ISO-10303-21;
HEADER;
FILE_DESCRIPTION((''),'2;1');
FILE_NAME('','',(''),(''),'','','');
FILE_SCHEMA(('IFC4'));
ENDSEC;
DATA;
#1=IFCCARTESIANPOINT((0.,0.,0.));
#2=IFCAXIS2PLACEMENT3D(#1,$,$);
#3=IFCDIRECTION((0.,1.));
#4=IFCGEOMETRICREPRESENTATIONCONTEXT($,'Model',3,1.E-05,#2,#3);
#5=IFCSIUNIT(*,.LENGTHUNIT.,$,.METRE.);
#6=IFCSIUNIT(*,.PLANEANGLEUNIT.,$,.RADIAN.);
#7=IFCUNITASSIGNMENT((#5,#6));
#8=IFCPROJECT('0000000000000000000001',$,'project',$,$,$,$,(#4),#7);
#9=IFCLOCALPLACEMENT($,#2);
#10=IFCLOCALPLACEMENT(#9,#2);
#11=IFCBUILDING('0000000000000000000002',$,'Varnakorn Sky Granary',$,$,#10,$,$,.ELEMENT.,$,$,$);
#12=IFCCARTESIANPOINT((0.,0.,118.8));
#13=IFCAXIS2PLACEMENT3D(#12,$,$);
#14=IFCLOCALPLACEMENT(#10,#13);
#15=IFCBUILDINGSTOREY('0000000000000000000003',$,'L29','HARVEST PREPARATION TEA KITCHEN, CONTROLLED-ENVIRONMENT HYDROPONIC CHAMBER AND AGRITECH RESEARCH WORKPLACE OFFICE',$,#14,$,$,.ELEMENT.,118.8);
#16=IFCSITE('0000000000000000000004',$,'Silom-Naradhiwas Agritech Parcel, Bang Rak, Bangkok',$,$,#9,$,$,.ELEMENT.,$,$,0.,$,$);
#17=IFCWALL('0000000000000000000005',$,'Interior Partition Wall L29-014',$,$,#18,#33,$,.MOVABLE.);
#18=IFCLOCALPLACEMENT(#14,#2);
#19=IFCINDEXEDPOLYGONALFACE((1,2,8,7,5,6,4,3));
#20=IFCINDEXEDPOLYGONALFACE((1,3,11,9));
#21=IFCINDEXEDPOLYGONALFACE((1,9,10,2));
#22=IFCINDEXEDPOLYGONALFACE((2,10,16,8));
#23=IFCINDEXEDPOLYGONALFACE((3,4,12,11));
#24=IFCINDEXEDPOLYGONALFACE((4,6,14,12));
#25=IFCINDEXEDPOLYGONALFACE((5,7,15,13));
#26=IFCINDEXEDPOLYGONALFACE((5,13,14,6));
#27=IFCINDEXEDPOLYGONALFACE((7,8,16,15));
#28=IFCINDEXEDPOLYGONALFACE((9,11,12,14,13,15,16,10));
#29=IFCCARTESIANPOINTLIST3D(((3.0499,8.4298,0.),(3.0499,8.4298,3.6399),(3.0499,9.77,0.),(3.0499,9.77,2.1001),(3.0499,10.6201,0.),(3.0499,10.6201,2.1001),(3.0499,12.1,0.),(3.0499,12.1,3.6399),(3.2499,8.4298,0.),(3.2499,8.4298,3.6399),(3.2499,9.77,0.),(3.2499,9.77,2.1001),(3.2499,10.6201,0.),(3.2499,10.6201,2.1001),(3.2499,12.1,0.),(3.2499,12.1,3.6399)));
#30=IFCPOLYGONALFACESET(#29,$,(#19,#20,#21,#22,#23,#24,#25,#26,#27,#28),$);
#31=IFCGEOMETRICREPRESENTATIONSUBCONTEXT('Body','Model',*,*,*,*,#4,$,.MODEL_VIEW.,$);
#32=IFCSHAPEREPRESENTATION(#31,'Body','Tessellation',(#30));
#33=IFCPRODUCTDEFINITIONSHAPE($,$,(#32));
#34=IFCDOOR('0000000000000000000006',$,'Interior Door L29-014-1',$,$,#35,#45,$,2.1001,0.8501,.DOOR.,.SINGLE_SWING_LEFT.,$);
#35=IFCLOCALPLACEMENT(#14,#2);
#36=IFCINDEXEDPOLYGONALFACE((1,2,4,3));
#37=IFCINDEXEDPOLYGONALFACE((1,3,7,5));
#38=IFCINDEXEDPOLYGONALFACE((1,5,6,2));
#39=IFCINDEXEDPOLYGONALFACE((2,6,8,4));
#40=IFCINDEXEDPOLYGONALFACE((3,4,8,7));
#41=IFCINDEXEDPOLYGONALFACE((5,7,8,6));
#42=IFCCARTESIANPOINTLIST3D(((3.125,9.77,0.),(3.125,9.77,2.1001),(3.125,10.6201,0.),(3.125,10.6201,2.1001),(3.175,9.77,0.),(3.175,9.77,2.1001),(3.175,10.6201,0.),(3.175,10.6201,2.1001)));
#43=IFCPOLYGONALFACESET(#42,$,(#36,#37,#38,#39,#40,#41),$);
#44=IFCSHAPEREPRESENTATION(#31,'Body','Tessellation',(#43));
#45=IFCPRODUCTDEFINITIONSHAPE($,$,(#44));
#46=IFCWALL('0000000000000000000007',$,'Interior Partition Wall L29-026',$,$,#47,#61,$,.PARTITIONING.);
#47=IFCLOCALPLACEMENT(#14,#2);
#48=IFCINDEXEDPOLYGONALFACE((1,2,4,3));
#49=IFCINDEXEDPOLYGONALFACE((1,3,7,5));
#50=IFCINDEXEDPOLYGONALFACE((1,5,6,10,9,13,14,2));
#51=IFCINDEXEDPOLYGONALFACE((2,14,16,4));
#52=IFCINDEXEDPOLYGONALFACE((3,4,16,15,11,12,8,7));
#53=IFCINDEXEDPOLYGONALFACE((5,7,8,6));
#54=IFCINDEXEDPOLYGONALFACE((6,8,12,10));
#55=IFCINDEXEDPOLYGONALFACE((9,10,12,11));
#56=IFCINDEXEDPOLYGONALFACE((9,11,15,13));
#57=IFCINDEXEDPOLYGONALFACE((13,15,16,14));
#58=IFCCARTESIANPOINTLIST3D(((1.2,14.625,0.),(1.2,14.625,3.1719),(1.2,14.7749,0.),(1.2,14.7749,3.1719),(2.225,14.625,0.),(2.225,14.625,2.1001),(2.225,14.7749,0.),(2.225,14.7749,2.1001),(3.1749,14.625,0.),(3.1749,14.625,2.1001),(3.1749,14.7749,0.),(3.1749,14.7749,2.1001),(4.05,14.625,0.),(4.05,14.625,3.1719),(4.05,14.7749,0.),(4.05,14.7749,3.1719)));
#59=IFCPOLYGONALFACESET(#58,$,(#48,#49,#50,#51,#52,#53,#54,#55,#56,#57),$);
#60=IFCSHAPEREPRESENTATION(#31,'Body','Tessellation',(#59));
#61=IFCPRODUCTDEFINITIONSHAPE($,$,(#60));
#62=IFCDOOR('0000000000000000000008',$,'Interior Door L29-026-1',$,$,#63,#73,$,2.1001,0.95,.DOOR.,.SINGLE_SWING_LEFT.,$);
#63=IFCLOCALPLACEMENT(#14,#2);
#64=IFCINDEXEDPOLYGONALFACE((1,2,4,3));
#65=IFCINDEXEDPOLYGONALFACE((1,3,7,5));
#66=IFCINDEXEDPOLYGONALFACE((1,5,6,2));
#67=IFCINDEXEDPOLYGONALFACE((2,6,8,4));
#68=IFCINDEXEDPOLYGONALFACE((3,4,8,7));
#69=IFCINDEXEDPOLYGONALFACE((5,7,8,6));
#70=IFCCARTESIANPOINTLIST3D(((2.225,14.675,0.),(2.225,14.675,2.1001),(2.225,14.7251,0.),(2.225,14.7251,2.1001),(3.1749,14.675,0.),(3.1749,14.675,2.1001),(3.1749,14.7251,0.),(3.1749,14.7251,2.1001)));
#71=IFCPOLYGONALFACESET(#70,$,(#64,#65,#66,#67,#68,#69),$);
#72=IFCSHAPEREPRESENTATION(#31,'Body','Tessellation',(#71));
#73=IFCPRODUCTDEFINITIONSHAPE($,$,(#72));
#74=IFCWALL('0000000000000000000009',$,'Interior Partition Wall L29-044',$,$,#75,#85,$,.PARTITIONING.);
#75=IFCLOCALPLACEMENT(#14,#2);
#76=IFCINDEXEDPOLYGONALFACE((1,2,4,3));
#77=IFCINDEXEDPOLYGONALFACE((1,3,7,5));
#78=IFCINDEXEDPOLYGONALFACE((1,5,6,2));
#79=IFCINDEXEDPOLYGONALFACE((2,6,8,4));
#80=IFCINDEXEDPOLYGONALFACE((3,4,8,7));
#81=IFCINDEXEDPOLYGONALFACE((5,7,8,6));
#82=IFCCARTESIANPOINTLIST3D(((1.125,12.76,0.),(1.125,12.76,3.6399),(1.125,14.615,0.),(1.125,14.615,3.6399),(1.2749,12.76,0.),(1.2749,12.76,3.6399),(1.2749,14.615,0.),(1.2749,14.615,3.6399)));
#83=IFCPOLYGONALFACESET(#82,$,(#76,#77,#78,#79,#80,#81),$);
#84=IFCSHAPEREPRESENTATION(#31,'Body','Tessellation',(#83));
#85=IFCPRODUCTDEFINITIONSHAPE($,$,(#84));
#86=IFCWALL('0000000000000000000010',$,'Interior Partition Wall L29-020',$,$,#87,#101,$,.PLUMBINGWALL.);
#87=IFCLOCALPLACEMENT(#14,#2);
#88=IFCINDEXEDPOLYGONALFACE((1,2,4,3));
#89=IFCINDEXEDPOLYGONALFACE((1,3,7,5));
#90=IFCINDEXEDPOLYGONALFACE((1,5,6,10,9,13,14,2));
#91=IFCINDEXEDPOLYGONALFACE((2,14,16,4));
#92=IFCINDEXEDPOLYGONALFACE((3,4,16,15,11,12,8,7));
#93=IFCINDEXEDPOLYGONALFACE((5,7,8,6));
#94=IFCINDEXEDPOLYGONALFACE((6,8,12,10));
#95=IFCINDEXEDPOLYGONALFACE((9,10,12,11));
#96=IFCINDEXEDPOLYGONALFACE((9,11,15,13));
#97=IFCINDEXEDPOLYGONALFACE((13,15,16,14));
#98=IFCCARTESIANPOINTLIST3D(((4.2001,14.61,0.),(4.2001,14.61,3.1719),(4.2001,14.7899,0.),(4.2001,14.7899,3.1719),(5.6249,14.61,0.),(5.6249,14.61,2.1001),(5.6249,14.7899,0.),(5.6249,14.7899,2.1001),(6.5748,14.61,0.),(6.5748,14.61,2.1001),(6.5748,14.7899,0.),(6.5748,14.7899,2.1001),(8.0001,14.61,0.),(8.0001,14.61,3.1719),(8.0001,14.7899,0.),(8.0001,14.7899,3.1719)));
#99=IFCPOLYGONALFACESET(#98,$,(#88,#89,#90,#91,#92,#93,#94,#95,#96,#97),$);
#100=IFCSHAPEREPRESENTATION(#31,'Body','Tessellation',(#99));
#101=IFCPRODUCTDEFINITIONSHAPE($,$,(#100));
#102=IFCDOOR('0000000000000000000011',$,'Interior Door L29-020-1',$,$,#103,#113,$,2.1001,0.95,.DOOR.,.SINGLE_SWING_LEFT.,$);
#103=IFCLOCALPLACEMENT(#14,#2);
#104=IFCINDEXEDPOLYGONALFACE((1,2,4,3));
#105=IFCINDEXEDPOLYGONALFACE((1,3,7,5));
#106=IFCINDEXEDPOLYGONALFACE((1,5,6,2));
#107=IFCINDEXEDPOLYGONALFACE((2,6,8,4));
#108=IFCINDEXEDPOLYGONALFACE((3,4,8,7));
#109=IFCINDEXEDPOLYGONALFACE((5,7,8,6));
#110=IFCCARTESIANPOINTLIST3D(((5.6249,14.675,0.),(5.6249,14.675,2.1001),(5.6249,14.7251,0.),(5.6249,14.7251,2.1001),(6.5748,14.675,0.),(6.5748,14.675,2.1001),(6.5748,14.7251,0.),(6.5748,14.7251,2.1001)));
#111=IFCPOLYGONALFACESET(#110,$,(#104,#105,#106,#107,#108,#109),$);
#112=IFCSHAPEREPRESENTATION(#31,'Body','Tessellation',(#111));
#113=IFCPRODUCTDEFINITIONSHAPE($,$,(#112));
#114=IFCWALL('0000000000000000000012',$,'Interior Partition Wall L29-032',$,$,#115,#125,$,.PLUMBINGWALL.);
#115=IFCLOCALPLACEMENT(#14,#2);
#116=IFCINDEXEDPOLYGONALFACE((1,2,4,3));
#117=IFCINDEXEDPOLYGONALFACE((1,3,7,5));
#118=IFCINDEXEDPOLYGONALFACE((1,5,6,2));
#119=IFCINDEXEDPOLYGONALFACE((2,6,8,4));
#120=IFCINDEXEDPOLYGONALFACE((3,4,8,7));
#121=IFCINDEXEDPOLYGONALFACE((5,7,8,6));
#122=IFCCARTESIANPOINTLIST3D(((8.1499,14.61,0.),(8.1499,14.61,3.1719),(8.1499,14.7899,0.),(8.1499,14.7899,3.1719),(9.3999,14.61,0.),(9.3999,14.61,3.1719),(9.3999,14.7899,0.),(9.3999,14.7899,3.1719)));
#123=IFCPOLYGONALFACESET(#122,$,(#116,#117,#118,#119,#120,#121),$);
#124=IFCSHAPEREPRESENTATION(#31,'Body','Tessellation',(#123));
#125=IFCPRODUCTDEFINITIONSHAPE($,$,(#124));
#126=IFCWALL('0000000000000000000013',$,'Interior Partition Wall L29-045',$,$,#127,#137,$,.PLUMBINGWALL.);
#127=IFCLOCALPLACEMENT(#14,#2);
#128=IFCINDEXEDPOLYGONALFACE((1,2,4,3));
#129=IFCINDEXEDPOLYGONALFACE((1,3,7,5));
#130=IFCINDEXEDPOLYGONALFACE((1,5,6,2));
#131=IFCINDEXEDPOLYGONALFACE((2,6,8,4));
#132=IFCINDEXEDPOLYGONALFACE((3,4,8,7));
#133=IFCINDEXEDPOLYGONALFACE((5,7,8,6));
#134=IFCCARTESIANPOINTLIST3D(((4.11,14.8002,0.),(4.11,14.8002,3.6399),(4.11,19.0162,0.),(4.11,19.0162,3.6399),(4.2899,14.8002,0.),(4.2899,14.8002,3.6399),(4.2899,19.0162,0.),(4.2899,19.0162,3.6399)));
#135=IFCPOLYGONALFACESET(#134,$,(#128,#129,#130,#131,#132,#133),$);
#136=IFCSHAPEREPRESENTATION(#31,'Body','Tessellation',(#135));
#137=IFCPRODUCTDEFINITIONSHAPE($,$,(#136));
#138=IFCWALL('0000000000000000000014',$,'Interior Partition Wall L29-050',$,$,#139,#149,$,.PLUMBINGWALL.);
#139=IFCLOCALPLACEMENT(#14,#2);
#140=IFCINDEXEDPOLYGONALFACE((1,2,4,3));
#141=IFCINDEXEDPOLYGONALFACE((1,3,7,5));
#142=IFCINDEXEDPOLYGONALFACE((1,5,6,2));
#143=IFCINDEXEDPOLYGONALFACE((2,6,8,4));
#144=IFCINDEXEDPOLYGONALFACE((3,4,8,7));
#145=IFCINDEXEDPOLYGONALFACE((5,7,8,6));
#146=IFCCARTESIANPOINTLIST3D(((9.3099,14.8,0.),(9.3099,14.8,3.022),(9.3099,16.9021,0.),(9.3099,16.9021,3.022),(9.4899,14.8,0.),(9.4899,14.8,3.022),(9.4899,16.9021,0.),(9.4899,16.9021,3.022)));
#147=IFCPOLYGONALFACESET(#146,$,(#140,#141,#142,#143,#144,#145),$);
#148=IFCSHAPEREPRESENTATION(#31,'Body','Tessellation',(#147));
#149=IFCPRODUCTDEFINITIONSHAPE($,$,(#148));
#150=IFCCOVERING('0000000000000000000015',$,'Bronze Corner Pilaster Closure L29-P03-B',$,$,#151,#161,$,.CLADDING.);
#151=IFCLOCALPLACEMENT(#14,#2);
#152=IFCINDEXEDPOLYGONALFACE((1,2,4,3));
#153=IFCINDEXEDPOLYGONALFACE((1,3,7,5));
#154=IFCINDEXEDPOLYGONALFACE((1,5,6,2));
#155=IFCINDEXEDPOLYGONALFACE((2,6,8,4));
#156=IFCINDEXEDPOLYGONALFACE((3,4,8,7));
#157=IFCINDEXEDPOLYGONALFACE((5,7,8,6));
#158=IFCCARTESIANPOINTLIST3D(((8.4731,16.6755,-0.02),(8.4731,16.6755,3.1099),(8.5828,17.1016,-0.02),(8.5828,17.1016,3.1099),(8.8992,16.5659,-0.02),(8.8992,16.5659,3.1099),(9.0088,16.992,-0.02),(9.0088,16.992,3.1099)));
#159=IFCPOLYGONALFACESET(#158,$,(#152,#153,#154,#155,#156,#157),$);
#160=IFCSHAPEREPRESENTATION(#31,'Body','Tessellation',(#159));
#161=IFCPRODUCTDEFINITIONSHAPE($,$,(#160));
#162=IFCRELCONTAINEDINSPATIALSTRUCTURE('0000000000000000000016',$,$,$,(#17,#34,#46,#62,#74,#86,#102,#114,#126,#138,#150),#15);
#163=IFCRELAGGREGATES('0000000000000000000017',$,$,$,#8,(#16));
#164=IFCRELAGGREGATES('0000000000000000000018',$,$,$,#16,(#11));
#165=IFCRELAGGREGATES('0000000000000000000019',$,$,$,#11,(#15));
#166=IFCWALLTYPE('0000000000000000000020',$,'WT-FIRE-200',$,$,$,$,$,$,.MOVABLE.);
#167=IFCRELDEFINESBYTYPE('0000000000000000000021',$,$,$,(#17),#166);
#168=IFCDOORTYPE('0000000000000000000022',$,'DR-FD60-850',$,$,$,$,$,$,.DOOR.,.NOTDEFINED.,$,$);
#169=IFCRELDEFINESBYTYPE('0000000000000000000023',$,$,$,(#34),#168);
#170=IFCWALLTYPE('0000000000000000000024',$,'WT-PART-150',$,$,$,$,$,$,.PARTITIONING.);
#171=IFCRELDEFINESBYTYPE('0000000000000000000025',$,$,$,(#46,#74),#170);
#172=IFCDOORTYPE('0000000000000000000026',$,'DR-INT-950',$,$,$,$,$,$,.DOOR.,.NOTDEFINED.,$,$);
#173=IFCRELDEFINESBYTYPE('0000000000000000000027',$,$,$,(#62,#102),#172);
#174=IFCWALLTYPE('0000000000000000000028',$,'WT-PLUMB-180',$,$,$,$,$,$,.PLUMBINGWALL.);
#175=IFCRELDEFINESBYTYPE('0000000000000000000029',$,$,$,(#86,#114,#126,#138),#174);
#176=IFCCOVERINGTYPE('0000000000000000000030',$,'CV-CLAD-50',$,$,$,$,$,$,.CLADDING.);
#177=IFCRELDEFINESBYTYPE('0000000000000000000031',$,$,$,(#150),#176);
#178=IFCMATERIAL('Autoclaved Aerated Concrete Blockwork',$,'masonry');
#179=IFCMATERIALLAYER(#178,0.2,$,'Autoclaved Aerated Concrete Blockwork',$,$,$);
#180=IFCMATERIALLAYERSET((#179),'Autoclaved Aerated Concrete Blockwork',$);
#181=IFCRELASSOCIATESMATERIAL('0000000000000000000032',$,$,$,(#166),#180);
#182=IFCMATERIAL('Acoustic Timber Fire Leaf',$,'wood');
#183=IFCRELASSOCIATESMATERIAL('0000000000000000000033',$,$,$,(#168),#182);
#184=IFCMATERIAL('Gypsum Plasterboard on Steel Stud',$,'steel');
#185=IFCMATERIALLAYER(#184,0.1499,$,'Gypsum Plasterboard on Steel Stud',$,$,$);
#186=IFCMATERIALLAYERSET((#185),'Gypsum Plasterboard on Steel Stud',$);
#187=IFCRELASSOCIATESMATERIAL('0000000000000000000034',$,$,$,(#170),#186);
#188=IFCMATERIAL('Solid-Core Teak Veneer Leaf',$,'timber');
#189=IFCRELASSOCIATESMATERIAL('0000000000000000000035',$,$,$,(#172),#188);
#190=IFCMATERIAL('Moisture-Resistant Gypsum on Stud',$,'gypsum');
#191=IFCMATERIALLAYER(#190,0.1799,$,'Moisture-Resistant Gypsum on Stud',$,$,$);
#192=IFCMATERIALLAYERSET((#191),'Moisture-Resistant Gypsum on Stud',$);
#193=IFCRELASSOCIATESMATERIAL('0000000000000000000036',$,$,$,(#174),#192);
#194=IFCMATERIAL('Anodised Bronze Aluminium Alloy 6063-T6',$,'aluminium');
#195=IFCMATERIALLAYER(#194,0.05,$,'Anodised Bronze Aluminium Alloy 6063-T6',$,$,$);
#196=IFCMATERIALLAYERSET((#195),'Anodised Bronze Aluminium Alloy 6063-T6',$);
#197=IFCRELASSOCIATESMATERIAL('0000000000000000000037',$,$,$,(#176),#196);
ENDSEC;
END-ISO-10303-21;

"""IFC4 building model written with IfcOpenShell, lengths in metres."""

from ifc_helpers import new_model, si_unit, direction, frame, frame_2d, origin, origin_2d, place, context, subcontext, project, spatial, rectangle, extrude, source, transform, mapped, material, layer, layer_set, type_object, type_shapes, element, fill, save


model = new_model("IFC4")

# Units and contexts
model_context = context("Model", 3, precision=1e-05, world=origin(), true_north=direction((0.0, 1.0)))
body_context = subcontext(model_context, "Body", "Model", "MODEL_VIEW")
ifc_project = project(units=[si_unit("LENGTHUNIT", "METRE"), si_unit("PLANEANGLEUNIT", "RADIAN")], contexts=[model_context])

# Site, building, storey
site_placement = place(None, origin())
site = spatial("IfcSite", under=ifc_project, at=site_placement, Name="Silom-Naradhiwas Agritech Parcel, Bang Rak, Bangkok", CompositionType="ELEMENT", RefElevation=0.0)
building_placement = place(site_placement, origin())
building = spatial("IfcBuilding", under=site, at=building_placement, Name="Varnakorn Sky Granary", CompositionType="ELEMENT")
storey_placement = place(building_placement, frame((0.0, 0.0, 118.8)))
storey = spatial("IfcBuildingStorey", under=building, at=storey_placement, Name="L29", Description="HARVEST PREPARATION TEA KITCHEN, CONTROLLED-ENVIRONMENT HYDROPONIC CHAMBER AND AGRITECH RESEARCH WORKPLACE OFFICE", CompositionType="ELEMENT", Elevation=118.8)

# Shared definitions
ifc_material_1 = material(Name="Anodised Bronze Aluminium Alloy 6063-T6", Category="aluminium")

# Walls, openings, doors
ifc_material_2 = material(Name="Autoclaved Aerated Concrete Blockwork", Category="masonry")
ifc_layer_1 = layer(ifc_material_2, 0.2, Name="Autoclaved Aerated Concrete Blockwork")
ifc_layer_set_1 = layer_set([ifc_layer_1], Name="Autoclaved Aerated Concrete Blockwork")
wall_type_1 = type_object("IfcWallType", Name="WT-FIRE-200", PredefinedType="MOVABLE", material=ifc_layer_set_1)
ifc_material_3 = material(Name="Acoustic Timber Fire Leaf", Category="wood")
door_type_1 = type_object("IfcDoorType", Name="DR-FD60-850", OperationType="NOTDEFINED", PredefinedType="DOOR", material=ifc_material_3)
wall_1_placement = place(storey_placement, frame((3.1499, 8.4299, 0.0), z_axis=(0.0, 0.0, 1.0), x_axis=(0.0, 1.0, 0.0)))
wall_1 = element("IfcWall", 1, at=wall_1_placement, inside=storey, type_object=wall_type_1, Name="Interior Partition Wall L29-014", PredefinedType="MOVABLE", context=body_context, shape_type="SweptSolid", body=[
    extrude(rectangle(XDim=3.6702, YDim=0.2, at=frame_2d((1.835, 0.0))), origin(), (0.0, 0.0, 1.0), 3.6399),
])
opening_1_placement = place(wall_1_placement, frame((1.3401, 0.0, 0.0)))
opening_1 = element("IfcOpeningElement", 2, at=opening_1_placement, cuts=wall_1, PredefinedType="OPENING", context=body_context, shape_type="SweptSolid", body=[
    extrude(rectangle(XDim=0.8501, YDim=2.1001, at=frame_2d((0.425, 1.05))), frame((0.0, 0.1099, 0.0), z_axis=(0.0, -1.0, 0.0), x_axis=(1.0, 0.0, 0.0)), (0.0, 0.0, 1.0), 0.22),
])
door_1_placement = place(opening_1_placement, origin())
door_1 = element("IfcDoor", 3, at=door_1_placement, inside=storey, type_object=door_type_1, Name="Interior Door L29-014-1", OperationType="SINGLE_SWING_LEFT", OverallHeight=2.1001, OverallWidth=0.8501, PredefinedType="DOOR", context=body_context, shape_type="SweptSolid", body=[
    extrude(rectangle(XDim=0.8501, YDim=2.1001, at=frame_2d((0.425, 1.05))), frame((0.0, 0.0249, 0.0), z_axis=(0.0, -1.0, 0.0), x_axis=(1.0, 0.0, 0.0)), (0.0, 0.0, 1.0), 0.05),
])
fill(opening_1, door_1)
ifc_material_4 = material(Name="Gypsum Plasterboard on Steel Stud", Category="steel")
ifc_layer_2 = layer(ifc_material_4, 0.1499, Name="Gypsum Plasterboard on Steel Stud")
ifc_layer_set_2 = layer_set([ifc_layer_2], Name="Gypsum Plasterboard on Steel Stud")
wall_type_2 = type_object("IfcWallType", Name="WT-PART-150", PredefinedType="PARTITIONING", material=ifc_layer_set_2)
wall_2_placement = place(storey_placement, frame((4.05, 14.7, 0.0), z_axis=(0.0, 0.0, 1.0), x_axis=(-1.0, 0.0, 0.0)))
wall_2 = element("IfcWall", 4, at=wall_2_placement, inside=storey, type_object=wall_type_2, Name="Interior Partition Wall L29-026", PredefinedType="PARTITIONING", context=body_context, shape_type="SweptSolid", body=[
    extrude(rectangle(XDim=2.8501, YDim=0.1499, at=frame_2d((1.425, 0.0))), origin(), (0.0, 0.0, 1.0), 3.1719),
])
opening_2_placement = place(wall_2_placement, frame((0.875, 0.0, 0.0)))
opening_2 = element("IfcOpeningElement", 5, at=opening_2_placement, cuts=wall_2, PredefinedType="OPENING", context=body_context, shape_type="SweptSolid", body=[
    extrude(rectangle(XDim=0.95, YDim=2.1001, at=frame_2d((0.4751, 1.05))), frame((0.0, 0.085, 0.0), z_axis=(0.0, -1.0, 0.0), x_axis=(1.0, 0.0, 0.0)), (0.0, 0.0, 1.0), 0.1699),
])
ifc_material_5 = material(Name="Solid-Core Teak Veneer Leaf", Category="timber")
door_type_2 = type_object("IfcDoorType", Name="DR-INT-950", OperationType="NOTDEFINED", PredefinedType="DOOR", material=ifc_material_5)
door_2_placement = place(opening_2_placement, origin())
door_2 = element("IfcDoor", 6, at=door_2_placement, inside=storey, type_object=door_type_2, Name="Interior Door L29-026-1", OperationType="SINGLE_SWING_LEFT", OverallHeight=2.1001, OverallWidth=0.95, PredefinedType="DOOR", context=body_context, shape_type="SweptSolid", body=[
    extrude(rectangle(XDim=0.95, YDim=2.1001, at=frame_2d((0.4751, 1.05))), frame((0.0, 0.0249, 0.0), z_axis=(0.0, -1.0, 0.0), x_axis=(1.0, 0.0, 0.0)), (0.0, 0.0, 1.0), 0.05),
])
fill(opening_2, door_2)

# Wall
wall_3_placement = place(storey_placement, frame((1.2, 14.615, 0.0), z_axis=(0.0, 0.0, 1.0), x_axis=(0.0, -1.0, 0.0)))
element("IfcWall", 7, at=wall_3_placement, inside=storey, type_object=wall_type_2, Name="Interior Partition Wall L29-044", PredefinedType="PARTITIONING", context=body_context, shape_type="SweptSolid", body=[
    extrude(rectangle(XDim=1.855, YDim=0.1499, at=frame_2d((0.9275, 0.0))), origin(), (0.0, 0.0, 1.0), 3.6399),
])

# Wall, opening, door
ifc_material_6 = material(Name="Moisture-Resistant Gypsum on Stud", Category="gypsum")
ifc_layer_3 = layer(ifc_material_6, 0.1799, Name="Moisture-Resistant Gypsum on Stud")
ifc_layer_set_3 = layer_set([ifc_layer_3], Name="Moisture-Resistant Gypsum on Stud")
wall_type_3 = type_object("IfcWallType", Name="WT-PLUMB-180", PredefinedType="PLUMBINGWALL", material=ifc_layer_set_3)
wall_4_placement = place(storey_placement, frame((8.0, 14.7, 0.0), z_axis=(0.0, 0.0, 1.0), x_axis=(-1.0, 0.0, 0.0)))
wall_4 = element("IfcWall", 8, at=wall_4_placement, inside=storey, type_object=wall_type_3, Name="Interior Partition Wall L29-020", PredefinedType="PLUMBINGWALL", context=body_context, shape_type="SweptSolid", body=[
    extrude(rectangle(XDim=3.8, YDim=0.1799, at=frame_2d((1.8999, 0.0))), origin(), (0.0, 0.0, 1.0), 3.1719),
])
opening_3_placement = place(wall_4_placement, frame((1.425, 0.0, 0.0)))
opening_3 = element("IfcOpeningElement", 9, at=opening_3_placement, cuts=wall_4, PredefinedType="OPENING", context=body_context, shape_type="SweptSolid", body=[
    extrude(rectangle(XDim=0.95, YDim=2.1001, at=frame_2d((0.4751, 1.05))), frame((0.0, 0.1001, 0.0), z_axis=(0.0, -1.0, 0.0), x_axis=(1.0, 0.0, 0.0)), (0.0, 0.0, 1.0), 0.2),
])
door_3_placement = place(opening_3_placement, origin())
door_3 = element("IfcDoor", 10, at=door_3_placement, inside=storey, type_object=door_type_2, Name="Interior Door L29-020-1", OperationType="SINGLE_SWING_LEFT", OverallHeight=2.1001, OverallWidth=0.95, PredefinedType="DOOR", context=body_context, shape_type="SweptSolid", body=[
    extrude(rectangle(XDim=0.95, YDim=2.1001, at=frame_2d((0.4751, 1.05))), frame((0.0, 0.0249, 0.0), z_axis=(0.0, -1.0, 0.0), x_axis=(1.0, 0.0, 0.0)), (0.0, 0.0, 1.0), 0.05),
])
fill(opening_3, door_3)

# Walls
wall_5_placement = place(storey_placement, frame((9.3999, 14.7, 0.0), z_axis=(0.0, 0.0, 1.0), x_axis=(-1.0, 0.0, 0.0)))
element("IfcWall", 11, at=wall_5_placement, inside=storey, type_object=wall_type_3, Name="Interior Partition Wall L29-032", PredefinedType="PLUMBINGWALL", context=body_context, shape_type="SweptSolid", body=[
    extrude(rectangle(XDim=1.25, YDim=0.1799, at=frame_2d((0.625, 0.0))), origin(), (0.0, 0.0, 1.0), 3.1719),
])
wall_6_placement = place(storey_placement, frame((4.2, 19.0161, 0.0), z_axis=(0.0, 0.0, 1.0), x_axis=(0.0, -1.0, 0.0)))
element("IfcWall", 12, at=wall_6_placement, inside=storey, type_object=wall_type_3, Name="Interior Partition Wall L29-045", PredefinedType="PLUMBINGWALL", context=body_context, shape_type="SweptSolid", body=[
    extrude(rectangle(XDim=4.2161, YDim=0.1799, at=frame_2d((2.1079, 0.0))), origin(), (0.0, 0.0, 1.0), 3.6399),
])
wall_7_placement = place(storey_placement, frame((9.3999, 14.8, 0.0), z_axis=(0.0, 0.0, 1.0), x_axis=(0.0, 1.0, 0.0)))
element("IfcWall", 13, at=wall_7_placement, inside=storey, type_object=wall_type_3, Name="Interior Partition Wall L29-050", PredefinedType="PLUMBINGWALL", context=body_context, shape_type="SweptSolid", body=[
    extrude(rectangle(XDim=2.1021, YDim=0.1799, at=frame_2d((1.051, 0.0))), origin(), (0.0, 0.0, 1.0), 3.022),
])

# Covering
ifc_layer_4 = layer(ifc_material_1, 0.05, Name="Anodised Bronze Aluminium Alloy 6063-T6")
ifc_layer_set_4 = layer_set([ifc_layer_4], Name="Anodised Bronze Aluminium Alloy 6063-T6")
covering_type = type_object("IfcCoveringType", Name="CV-CLAD-50", PredefinedType="CLADDING", material=ifc_layer_set_4)
shared_shape_1 = source(origin(), body_context, "Body", "SweptSolid", [
    extrude(rectangle(XDim=0.4399, YDim=0.4399, at=origin_2d()), origin(), (0.0, 0.0, 1.0), 3.1299),
])
type_shapes(covering_type, [shared_shape_1])
covering_placement = place(storey_placement, frame((8.741, 16.8337, -0.02), z_axis=(0.0, 0.0, 1.0), x_axis=(0.968453, -0.249197, 0.0)))
element("IfcCovering", 14, at=covering_placement, inside=storey, type_object=covering_type, Name="Bronze Corner Pilaster Closure L29-P03-B", PredefinedType="CLADDING", context=body_context, shape_type="MappedRepresentation", body=[
    mapped(shared_shape_1, transform((0.0, 0.0, 0.0), x_axis=(1.0, 0.0, 0.0), y_axis=(0.0, 1.0, 0.0), z_axis=(0.0, 0.0, 1.0), scale=1.0)),
])

save(model, "model.ifc")
